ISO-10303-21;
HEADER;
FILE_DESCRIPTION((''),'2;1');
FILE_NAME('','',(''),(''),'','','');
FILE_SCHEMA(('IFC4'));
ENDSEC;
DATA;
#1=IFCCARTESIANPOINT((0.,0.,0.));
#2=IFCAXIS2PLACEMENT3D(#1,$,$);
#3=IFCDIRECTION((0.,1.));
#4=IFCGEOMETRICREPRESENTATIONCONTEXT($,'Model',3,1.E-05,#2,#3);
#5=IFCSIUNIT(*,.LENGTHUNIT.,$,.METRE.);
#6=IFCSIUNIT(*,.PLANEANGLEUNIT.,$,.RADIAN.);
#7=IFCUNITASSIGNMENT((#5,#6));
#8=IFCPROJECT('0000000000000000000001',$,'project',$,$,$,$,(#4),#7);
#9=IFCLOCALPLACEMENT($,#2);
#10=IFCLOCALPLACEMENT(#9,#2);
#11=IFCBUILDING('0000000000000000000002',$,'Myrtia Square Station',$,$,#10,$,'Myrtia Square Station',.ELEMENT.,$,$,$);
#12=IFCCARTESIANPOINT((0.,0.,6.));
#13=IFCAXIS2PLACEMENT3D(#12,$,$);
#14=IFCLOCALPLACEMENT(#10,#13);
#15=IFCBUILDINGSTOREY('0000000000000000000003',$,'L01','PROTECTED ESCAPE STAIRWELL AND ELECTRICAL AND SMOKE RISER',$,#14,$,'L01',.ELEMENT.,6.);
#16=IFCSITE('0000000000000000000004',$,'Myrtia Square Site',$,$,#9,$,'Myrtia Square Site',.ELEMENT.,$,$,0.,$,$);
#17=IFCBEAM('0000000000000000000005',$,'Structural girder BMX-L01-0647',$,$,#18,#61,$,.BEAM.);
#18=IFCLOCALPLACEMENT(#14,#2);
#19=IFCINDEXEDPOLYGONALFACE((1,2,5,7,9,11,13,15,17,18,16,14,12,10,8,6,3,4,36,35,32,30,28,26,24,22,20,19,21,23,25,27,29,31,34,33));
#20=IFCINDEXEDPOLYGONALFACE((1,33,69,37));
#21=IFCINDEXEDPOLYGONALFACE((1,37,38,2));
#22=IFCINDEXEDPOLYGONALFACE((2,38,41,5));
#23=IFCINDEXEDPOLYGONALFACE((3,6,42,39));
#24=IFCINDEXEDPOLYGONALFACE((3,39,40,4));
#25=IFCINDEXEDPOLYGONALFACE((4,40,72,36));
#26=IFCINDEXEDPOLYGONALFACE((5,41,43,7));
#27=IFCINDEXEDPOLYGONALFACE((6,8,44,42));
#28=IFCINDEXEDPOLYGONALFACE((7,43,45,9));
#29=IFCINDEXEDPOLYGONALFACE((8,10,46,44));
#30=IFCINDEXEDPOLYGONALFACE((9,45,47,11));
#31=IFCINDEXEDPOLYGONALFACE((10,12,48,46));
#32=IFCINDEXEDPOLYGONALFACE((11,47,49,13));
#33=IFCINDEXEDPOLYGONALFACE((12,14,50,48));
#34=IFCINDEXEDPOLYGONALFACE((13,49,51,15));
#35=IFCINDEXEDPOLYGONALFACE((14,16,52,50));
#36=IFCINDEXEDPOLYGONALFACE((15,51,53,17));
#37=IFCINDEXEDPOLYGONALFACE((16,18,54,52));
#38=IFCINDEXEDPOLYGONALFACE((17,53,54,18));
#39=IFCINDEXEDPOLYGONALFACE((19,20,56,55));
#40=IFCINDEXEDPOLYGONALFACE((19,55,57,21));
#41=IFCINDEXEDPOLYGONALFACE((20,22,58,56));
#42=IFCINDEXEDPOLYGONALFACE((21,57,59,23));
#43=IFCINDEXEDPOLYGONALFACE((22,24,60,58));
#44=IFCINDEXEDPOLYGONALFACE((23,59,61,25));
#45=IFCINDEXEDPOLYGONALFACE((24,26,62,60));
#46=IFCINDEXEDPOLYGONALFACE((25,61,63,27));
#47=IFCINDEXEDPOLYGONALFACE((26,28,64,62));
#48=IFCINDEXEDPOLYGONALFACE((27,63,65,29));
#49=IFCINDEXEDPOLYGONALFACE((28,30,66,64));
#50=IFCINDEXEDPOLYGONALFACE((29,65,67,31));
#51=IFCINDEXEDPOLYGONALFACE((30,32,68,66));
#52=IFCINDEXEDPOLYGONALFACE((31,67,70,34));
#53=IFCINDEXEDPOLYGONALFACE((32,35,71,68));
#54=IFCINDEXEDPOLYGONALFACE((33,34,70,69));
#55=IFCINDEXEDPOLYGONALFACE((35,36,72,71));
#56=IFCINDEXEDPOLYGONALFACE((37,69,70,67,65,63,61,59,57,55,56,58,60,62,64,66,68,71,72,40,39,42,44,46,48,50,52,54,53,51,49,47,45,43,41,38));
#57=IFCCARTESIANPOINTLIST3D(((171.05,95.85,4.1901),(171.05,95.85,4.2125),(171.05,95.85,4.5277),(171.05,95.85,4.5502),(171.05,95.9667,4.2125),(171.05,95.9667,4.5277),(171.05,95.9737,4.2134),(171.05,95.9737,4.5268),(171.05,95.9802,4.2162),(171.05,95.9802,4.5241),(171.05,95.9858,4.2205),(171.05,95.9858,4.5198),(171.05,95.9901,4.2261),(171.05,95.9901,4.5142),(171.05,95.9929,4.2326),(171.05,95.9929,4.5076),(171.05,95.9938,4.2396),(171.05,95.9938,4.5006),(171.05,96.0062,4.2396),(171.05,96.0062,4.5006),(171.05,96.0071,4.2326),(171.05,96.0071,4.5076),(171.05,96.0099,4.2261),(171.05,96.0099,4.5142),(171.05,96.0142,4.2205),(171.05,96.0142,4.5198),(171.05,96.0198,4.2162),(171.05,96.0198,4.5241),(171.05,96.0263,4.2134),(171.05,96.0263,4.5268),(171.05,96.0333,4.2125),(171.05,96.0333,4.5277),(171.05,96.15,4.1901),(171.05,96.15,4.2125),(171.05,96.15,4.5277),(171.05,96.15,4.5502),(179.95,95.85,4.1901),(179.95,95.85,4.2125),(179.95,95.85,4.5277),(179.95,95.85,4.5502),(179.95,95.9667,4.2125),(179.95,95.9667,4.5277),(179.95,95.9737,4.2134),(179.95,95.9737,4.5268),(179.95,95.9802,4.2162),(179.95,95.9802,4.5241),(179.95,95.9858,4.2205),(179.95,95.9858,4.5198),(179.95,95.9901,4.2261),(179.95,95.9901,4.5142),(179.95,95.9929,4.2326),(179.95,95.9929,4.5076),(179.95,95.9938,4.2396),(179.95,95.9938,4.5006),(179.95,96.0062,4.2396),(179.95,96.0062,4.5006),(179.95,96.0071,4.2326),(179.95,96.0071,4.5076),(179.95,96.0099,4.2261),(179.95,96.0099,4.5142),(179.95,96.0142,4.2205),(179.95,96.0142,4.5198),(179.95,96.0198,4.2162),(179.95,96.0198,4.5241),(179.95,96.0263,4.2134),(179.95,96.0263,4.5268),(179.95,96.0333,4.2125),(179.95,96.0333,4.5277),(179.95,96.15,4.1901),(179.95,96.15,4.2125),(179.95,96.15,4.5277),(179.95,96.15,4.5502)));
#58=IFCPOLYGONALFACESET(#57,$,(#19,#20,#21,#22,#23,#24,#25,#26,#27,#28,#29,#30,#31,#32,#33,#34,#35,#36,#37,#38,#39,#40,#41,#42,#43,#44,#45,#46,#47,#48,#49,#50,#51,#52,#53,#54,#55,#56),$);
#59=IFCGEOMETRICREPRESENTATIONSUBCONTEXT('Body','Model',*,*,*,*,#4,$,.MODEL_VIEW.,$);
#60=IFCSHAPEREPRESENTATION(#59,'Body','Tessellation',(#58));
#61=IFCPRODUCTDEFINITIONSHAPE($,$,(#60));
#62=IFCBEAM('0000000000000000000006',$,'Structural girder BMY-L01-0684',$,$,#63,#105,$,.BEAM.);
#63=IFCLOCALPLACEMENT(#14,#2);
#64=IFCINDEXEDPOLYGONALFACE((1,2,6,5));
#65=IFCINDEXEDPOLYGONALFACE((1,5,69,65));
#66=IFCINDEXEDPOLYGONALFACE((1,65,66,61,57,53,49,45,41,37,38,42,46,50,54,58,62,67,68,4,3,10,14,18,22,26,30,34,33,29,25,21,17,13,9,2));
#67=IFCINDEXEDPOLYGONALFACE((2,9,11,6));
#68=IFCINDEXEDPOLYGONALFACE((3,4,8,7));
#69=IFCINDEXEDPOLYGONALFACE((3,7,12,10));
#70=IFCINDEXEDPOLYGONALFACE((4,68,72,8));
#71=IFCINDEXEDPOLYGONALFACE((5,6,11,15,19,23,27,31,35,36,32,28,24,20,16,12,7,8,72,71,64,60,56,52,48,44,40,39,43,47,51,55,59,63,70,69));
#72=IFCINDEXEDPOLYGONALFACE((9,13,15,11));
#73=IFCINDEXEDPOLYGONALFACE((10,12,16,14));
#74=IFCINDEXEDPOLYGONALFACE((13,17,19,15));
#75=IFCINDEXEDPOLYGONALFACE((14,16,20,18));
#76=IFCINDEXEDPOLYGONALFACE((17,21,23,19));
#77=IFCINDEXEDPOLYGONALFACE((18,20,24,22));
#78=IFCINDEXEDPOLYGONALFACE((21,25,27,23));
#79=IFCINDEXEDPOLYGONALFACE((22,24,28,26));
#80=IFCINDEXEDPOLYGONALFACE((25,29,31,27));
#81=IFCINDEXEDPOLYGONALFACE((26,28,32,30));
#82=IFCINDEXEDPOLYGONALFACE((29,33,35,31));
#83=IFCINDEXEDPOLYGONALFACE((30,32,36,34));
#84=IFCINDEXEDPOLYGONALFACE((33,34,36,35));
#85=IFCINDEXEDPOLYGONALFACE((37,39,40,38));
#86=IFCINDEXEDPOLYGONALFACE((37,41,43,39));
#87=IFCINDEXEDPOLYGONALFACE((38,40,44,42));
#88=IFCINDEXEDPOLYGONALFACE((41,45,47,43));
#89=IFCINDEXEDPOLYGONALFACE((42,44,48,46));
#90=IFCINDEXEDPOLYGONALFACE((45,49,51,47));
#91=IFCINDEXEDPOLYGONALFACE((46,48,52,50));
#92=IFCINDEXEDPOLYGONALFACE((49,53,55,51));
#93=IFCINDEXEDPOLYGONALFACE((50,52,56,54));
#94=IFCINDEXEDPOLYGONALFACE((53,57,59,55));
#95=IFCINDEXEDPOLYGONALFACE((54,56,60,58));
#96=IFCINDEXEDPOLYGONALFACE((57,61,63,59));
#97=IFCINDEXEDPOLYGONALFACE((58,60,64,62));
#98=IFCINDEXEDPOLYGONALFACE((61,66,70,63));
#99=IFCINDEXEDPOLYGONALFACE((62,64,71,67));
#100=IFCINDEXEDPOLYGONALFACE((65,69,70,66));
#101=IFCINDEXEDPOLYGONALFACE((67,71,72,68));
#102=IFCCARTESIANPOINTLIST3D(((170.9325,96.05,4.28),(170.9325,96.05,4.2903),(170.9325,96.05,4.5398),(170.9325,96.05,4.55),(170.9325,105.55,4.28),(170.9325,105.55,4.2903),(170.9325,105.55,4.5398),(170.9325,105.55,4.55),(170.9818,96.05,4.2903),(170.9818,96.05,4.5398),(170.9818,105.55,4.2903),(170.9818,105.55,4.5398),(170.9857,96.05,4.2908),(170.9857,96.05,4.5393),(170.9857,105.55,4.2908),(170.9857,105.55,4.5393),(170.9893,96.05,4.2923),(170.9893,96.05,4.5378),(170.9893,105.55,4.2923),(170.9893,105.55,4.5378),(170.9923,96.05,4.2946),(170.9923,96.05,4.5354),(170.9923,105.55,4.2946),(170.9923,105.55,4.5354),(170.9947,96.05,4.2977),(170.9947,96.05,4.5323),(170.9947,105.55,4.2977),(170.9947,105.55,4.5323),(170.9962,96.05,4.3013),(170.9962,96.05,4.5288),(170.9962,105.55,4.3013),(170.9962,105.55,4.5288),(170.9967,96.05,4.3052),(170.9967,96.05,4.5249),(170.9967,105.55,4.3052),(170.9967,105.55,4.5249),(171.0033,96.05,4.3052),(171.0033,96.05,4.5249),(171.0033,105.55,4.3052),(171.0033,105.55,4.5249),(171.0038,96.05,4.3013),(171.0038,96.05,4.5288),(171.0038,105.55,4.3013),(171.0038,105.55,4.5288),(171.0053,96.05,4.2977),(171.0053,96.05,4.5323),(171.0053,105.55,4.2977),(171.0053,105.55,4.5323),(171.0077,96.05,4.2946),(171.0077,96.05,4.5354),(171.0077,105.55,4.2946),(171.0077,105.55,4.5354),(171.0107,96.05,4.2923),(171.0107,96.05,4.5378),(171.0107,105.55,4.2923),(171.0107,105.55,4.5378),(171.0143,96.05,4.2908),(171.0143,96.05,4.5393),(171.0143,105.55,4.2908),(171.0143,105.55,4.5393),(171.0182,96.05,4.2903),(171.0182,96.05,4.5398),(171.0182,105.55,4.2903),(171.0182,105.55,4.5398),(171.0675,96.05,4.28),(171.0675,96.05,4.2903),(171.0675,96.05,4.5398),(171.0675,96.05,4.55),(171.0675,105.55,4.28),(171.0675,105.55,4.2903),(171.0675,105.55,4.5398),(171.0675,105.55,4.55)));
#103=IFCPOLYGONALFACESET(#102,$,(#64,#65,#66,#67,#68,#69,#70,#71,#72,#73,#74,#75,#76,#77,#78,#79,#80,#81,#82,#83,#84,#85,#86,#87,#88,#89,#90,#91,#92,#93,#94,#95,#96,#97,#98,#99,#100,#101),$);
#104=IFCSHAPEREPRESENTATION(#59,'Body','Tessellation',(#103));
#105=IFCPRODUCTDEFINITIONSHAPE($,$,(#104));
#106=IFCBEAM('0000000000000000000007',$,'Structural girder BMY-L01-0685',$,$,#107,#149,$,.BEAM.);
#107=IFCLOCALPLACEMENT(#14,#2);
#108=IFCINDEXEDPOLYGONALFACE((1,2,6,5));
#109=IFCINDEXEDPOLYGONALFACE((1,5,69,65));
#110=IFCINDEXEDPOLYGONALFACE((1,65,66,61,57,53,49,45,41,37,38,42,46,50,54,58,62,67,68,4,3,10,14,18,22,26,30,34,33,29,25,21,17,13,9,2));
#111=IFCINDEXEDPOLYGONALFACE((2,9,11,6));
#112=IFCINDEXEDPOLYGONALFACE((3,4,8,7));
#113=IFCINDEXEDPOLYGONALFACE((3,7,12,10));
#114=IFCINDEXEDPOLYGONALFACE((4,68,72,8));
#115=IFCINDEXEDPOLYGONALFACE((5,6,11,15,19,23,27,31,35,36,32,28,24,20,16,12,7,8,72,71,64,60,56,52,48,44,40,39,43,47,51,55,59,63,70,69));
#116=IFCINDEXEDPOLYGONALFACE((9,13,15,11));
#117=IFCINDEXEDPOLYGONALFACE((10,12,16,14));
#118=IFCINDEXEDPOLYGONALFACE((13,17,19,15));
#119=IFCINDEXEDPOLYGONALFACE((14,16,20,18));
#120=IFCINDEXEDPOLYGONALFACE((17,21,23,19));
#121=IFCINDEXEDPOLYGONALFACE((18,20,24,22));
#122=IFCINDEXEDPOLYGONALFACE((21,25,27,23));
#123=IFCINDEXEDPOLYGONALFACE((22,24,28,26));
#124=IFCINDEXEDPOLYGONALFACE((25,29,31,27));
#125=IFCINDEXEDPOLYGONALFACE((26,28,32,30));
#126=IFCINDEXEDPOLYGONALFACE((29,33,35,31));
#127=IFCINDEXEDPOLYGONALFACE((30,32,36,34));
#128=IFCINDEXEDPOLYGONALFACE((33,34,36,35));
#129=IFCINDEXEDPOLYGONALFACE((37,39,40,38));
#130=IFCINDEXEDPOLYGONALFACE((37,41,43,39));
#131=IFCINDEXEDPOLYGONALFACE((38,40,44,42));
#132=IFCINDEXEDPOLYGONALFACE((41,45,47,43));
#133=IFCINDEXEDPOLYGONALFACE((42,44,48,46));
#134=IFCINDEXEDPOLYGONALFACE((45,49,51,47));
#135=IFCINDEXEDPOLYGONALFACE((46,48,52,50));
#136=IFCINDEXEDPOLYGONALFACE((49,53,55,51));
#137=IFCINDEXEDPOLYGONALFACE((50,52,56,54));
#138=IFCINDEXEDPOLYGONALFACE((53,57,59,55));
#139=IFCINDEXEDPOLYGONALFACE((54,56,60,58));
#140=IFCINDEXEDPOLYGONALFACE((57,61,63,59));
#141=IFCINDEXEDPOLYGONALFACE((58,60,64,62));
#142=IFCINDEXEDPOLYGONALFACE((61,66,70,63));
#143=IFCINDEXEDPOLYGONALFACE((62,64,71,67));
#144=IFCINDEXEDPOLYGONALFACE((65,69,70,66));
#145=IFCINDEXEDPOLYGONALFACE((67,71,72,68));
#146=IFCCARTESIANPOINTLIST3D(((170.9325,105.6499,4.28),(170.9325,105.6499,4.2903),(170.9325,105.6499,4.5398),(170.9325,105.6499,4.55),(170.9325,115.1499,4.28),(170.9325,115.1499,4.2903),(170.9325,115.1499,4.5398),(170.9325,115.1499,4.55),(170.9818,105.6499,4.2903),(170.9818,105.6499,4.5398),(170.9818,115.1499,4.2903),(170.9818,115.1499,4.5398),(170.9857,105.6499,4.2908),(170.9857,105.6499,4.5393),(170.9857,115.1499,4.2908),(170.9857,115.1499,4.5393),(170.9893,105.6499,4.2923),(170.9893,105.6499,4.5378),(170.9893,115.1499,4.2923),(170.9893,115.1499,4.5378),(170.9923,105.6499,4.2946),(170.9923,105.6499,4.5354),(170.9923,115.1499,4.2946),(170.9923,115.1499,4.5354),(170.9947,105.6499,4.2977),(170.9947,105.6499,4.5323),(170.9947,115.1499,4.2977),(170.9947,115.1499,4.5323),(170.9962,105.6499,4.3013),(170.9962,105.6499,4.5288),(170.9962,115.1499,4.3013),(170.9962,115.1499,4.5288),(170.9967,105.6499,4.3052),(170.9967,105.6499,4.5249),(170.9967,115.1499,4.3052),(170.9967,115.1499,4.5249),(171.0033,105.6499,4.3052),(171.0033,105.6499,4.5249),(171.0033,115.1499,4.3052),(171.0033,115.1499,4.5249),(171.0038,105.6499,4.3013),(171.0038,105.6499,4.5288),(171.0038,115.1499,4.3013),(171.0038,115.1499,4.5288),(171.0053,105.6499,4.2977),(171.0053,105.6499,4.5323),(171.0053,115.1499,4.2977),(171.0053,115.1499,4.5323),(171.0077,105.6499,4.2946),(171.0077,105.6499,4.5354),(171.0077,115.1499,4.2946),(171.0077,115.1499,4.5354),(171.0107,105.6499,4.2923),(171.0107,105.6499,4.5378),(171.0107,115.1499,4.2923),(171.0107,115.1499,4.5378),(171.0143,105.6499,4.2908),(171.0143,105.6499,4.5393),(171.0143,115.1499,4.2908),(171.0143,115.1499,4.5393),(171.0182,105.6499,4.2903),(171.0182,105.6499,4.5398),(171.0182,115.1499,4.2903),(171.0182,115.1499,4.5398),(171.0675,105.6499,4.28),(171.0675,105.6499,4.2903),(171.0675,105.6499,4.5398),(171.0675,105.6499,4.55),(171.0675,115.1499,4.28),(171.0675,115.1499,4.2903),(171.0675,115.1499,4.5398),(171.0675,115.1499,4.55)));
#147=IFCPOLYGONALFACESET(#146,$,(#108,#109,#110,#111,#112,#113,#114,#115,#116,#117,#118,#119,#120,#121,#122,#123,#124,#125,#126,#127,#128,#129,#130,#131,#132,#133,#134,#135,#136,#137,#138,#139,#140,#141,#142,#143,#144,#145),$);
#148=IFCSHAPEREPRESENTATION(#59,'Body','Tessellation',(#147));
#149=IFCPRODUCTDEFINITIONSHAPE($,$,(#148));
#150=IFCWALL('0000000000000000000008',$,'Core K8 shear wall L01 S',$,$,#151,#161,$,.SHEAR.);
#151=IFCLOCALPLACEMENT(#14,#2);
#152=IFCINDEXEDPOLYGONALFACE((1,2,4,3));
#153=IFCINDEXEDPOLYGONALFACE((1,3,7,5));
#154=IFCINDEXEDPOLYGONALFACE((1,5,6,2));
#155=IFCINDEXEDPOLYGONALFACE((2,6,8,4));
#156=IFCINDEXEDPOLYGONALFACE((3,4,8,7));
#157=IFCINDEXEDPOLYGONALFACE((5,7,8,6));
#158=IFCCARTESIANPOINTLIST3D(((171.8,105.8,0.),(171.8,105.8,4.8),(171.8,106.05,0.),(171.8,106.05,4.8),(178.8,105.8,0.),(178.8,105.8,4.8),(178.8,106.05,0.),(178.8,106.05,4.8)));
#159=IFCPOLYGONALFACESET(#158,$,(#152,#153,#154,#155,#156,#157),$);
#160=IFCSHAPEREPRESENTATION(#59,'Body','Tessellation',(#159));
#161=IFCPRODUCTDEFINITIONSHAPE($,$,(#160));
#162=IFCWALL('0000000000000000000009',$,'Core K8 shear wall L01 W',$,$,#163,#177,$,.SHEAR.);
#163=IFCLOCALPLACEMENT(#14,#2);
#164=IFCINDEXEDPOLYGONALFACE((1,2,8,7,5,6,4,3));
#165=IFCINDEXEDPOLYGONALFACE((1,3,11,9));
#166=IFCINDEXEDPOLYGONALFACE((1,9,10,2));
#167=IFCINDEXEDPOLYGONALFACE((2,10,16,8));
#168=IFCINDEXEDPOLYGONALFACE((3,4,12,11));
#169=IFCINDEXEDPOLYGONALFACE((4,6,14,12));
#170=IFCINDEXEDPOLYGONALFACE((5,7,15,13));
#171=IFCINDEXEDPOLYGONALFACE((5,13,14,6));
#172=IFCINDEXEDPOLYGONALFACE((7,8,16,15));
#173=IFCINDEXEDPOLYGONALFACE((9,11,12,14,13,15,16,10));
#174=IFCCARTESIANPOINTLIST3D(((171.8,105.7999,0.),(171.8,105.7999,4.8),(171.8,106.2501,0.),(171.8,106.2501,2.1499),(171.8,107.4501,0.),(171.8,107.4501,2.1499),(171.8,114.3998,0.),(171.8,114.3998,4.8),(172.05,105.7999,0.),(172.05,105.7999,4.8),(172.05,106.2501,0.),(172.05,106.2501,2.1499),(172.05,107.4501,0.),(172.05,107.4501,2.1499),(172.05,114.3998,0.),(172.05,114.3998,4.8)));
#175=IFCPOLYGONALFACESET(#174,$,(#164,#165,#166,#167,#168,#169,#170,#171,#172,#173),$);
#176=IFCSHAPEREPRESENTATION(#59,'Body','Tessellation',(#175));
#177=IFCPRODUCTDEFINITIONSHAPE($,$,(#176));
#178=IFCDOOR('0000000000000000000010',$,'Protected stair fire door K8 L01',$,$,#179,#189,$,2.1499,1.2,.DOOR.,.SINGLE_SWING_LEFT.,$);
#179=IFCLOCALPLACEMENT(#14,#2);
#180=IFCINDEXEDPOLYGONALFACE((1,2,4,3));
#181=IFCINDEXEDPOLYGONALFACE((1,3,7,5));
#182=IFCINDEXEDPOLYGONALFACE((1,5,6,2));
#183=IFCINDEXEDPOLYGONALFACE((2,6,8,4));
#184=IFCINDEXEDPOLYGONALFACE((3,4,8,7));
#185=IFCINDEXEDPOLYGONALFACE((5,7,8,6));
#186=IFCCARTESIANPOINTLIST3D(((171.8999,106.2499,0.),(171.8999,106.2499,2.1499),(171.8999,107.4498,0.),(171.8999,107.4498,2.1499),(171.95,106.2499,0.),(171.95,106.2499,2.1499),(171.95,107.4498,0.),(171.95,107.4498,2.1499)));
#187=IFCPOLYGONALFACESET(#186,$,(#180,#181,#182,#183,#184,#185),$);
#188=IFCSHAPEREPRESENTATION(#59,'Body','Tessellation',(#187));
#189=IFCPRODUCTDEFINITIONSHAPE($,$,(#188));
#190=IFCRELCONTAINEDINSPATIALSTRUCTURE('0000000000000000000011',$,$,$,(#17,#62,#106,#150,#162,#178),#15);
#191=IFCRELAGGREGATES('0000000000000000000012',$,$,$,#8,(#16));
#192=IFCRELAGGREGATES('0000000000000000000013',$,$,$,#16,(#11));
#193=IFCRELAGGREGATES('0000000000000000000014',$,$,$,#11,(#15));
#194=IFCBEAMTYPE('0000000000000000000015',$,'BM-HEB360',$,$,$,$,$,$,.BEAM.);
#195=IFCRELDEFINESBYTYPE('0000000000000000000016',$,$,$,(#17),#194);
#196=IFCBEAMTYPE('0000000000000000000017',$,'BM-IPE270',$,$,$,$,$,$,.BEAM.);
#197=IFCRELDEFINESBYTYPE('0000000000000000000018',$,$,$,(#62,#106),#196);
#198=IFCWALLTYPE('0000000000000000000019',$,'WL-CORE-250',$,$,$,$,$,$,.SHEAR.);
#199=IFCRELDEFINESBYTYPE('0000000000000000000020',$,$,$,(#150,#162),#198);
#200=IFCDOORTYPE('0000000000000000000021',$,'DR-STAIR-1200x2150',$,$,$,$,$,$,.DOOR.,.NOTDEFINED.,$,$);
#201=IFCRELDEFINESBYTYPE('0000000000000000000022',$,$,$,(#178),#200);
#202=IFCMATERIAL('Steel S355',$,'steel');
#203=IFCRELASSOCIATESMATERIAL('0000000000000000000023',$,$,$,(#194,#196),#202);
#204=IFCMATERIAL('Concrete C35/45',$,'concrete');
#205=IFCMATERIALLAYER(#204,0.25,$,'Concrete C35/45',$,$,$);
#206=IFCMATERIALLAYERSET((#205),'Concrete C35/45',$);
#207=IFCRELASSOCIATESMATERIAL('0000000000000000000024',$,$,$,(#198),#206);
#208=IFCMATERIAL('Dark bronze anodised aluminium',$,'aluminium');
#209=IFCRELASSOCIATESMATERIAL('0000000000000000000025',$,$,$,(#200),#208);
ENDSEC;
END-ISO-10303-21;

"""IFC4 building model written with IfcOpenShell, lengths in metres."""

from ifc_helpers import new_model, si_unit, direction, frame, frame_2d, origin, origin_2d, place, context, subcontext, project, spatial, rectangle, i_section, extrude, material, layer, layer_set, material_profile, profile_set, type_object, element, fill, save


model = new_model("IFC4")

# Units and contexts
model_context = context("Model", 3, precision=1e-05, world=origin(), true_north=direction((0.0, 1.0)))
body_context = subcontext(model_context, "Body", "Model", "MODEL_VIEW")
ifc_project = project(units=[si_unit("LENGTHUNIT", "METRE"), si_unit("PLANEANGLEUNIT", "RADIAN")], contexts=[model_context])

# Site, building, storey
site_placement = place(None, origin())
site = spatial("IfcSite", under=ifc_project, at=site_placement, Name="Myrtia Square Site", LongName="Myrtia Square Site", CompositionType="ELEMENT", RefElevation=0.0)
building_placement = place(site_placement, origin())
building = spatial("IfcBuilding", under=site, at=building_placement, Name="Myrtia Square Station", LongName="Myrtia Square Station", CompositionType="ELEMENT")
storey_placement = place(building_placement, frame((0.0, 0.0, 6.0)))
storey = spatial("IfcBuildingStorey", under=building, at=storey_placement, Name="L01", Description="PROTECTED ESCAPE STAIRWELL AND ELECTRICAL AND SMOKE RISER", LongName="L01", CompositionType="ELEMENT", Elevation=6.0)

# Shared definitions
ifc_material_1 = material(Name="Steel S355", Category="steel")

# Beams
ifc_material_profile_1 = material_profile(ifc_material_1, i_section(OverallWidth=0.3, OverallDepth=0.3601, WebThickness=0.0125, FlangeThickness=0.0225, FilletRadius=0.0271, at=origin_2d()), Name="HEB 360")
ifc_profile_set_1 = profile_set([ifc_material_profile_1], Name="Steel S355")
beam_type_1 = type_object("IfcBeamType", Name="BM-HEB360", PredefinedType="BEAM", material=ifc_profile_set_1)
beam_1_placement = place(storey_placement, frame((171.05, 96.0, 4.3701), z_axis=(1.0, 0.0, 0.0), x_axis=(0.0, 1.0, 0.0)))
element("IfcBeam", 1, at=beam_1_placement, inside=storey, type_object=beam_type_1, Name="Structural girder BMX-L01-0647", PredefinedType="BEAM", context=body_context, shape_type="SweptSolid", body=[
    extrude(i_section(OverallWidth=0.3, OverallDepth=0.3601, WebThickness=0.0125, FlangeThickness=0.0225, FilletRadius=0.0271, at=origin_2d()), origin(), (0.0, 0.0, 1.0), 8.8999),
])
ifc_material_profile_2 = material_profile(ifc_material_1, i_section(OverallWidth=0.135, OverallDepth=0.27, WebThickness=0.0066, FlangeThickness=0.0103, FilletRadius=0.0149, at=origin_2d()), Name="IPE 270")
ifc_profile_set_2 = profile_set([ifc_material_profile_2], Name="Steel S355")
beam_type_2 = type_object("IfcBeamType", Name="BM-IPE270", PredefinedType="BEAM", material=ifc_profile_set_2)
for number, where, z_axis, x_axis, name in (
    (2, (171.0, 96.05, 4.415), (0.0, 1.0, 0.0), (-1.0, 0.0, 0.0), "Structural girder BMY-L01-0684"),
    (3, (171.0, 105.6499, 4.415), (0.0, 1.0, 0.0), (-1.0, 0.0, 0.0), "Structural girder BMY-L01-0685"),
):
    element("IfcBeam", number, at=place(storey_placement, frame(where, z_axis=z_axis, x_axis=x_axis)), inside=storey, type_object=beam_type_2, Name=name, PredefinedType="BEAM", context=body_context, shape_type="SweptSolid", body=[
        extrude(i_section(OverallWidth=0.135, OverallDepth=0.27, WebThickness=0.0066, FlangeThickness=0.0103, FilletRadius=0.0149, at=origin_2d()), origin(), (0.0, 0.0, 1.0), 9.5),
    ])

# Wall
ifc_material_2 = material(Name="Concrete C35/45", Category="concrete")
ifc_layer_1 = layer(ifc_material_2, 0.25, Name="Concrete C35/45")
ifc_layer_set_1 = layer_set([ifc_layer_1], Name="Concrete C35/45")
wall_type_1 = type_object("IfcWallType", Name="WL-CORE-250", PredefinedType="SHEAR", material=ifc_layer_set_1)
wall_1_placement = place(storey_placement, frame((171.8, 105.925, 0.0), z_axis=(0.0, 0.0, 1.0), x_axis=(1.0, 0.0, 0.0)))
element("IfcWall", 4, at=wall_1_placement, inside=storey, type_object=wall_type_1, Name="Core K8 shear wall L01 S", PredefinedType="SHEAR", context=body_context, shape_type="SweptSolid", body=[
    extrude(rectangle(XDim=7.0, YDim=0.25, at=frame_2d((3.5, 0.0))), origin(), (0.0, 0.0, 1.0), 4.8),
])

# Wall, opening, door
wall_2_placement = place(storey_placement, frame((171.925, 105.8, 0.0), z_axis=(0.0, 0.0, 1.0), x_axis=(0.0, 1.0, 0.0)))
wall_2 = element("IfcWall", 5, at=wall_2_placement, inside=storey, type_object=wall_type_1, Name="Core K8 shear wall L01 W", PredefinedType="SHEAR", context=body_context, shape_type="SweptSolid", body=[
    extrude(rectangle(XDim=8.5999, YDim=0.25, at=frame_2d((4.2998, 0.0))), origin(), (0.0, 0.0, 1.0), 4.8),
])
opening_1_placement = place(wall_2_placement, frame((0.45, 0.0, 0.0)))
opening_1 = element("IfcOpeningElement", 6, at=opening_1_placement, cuts=wall_2, PredefinedType="OPENING", context=body_context, shape_type="SweptSolid", body=[
    extrude(rectangle(XDim=1.2, YDim=2.1499, at=frame_2d((0.6001, 1.075))), frame((0.0, 0.1399, 0.0), z_axis=(0.0, -1.0, 0.0), x_axis=(1.0, 0.0, 0.0)), (0.0, 0.0, 1.0), 0.28),
])
ifc_material_3 = material(Name="Dark bronze anodised aluminium", Category="aluminium")
door_type_1 = type_object("IfcDoorType", Name="DR-STAIR-1200x2150", OperationType="NOTDEFINED", PredefinedType="DOOR", material=ifc_material_3)
door_1_placement = place(opening_1_placement, frame((1.2, 0.0, 0.0), z_axis=(0.0, 0.0, 1.0), x_axis=(-1.0, 0.0, 0.0)))
door_1 = element("IfcDoor", 7, at=door_1_placement, inside=storey, type_object=door_type_1, Name="Protected stair fire door K8 L01", OperationType="SINGLE_SWING_LEFT", OverallHeight=2.1499, OverallWidth=1.2, PredefinedType="DOOR", context=body_context, shape_type="SweptSolid", body=[
    extrude(rectangle(XDim=1.2, YDim=2.1499, at=frame_2d((0.6001, 1.075))), frame((0.0, 0.0249, 0.0), z_axis=(0.0, -1.0, 0.0), x_axis=(1.0, 0.0, 0.0)), (0.0, 0.0, 1.0), 0.05),
])
fill(opening_1, door_1)

save(model, "model.ifc")
